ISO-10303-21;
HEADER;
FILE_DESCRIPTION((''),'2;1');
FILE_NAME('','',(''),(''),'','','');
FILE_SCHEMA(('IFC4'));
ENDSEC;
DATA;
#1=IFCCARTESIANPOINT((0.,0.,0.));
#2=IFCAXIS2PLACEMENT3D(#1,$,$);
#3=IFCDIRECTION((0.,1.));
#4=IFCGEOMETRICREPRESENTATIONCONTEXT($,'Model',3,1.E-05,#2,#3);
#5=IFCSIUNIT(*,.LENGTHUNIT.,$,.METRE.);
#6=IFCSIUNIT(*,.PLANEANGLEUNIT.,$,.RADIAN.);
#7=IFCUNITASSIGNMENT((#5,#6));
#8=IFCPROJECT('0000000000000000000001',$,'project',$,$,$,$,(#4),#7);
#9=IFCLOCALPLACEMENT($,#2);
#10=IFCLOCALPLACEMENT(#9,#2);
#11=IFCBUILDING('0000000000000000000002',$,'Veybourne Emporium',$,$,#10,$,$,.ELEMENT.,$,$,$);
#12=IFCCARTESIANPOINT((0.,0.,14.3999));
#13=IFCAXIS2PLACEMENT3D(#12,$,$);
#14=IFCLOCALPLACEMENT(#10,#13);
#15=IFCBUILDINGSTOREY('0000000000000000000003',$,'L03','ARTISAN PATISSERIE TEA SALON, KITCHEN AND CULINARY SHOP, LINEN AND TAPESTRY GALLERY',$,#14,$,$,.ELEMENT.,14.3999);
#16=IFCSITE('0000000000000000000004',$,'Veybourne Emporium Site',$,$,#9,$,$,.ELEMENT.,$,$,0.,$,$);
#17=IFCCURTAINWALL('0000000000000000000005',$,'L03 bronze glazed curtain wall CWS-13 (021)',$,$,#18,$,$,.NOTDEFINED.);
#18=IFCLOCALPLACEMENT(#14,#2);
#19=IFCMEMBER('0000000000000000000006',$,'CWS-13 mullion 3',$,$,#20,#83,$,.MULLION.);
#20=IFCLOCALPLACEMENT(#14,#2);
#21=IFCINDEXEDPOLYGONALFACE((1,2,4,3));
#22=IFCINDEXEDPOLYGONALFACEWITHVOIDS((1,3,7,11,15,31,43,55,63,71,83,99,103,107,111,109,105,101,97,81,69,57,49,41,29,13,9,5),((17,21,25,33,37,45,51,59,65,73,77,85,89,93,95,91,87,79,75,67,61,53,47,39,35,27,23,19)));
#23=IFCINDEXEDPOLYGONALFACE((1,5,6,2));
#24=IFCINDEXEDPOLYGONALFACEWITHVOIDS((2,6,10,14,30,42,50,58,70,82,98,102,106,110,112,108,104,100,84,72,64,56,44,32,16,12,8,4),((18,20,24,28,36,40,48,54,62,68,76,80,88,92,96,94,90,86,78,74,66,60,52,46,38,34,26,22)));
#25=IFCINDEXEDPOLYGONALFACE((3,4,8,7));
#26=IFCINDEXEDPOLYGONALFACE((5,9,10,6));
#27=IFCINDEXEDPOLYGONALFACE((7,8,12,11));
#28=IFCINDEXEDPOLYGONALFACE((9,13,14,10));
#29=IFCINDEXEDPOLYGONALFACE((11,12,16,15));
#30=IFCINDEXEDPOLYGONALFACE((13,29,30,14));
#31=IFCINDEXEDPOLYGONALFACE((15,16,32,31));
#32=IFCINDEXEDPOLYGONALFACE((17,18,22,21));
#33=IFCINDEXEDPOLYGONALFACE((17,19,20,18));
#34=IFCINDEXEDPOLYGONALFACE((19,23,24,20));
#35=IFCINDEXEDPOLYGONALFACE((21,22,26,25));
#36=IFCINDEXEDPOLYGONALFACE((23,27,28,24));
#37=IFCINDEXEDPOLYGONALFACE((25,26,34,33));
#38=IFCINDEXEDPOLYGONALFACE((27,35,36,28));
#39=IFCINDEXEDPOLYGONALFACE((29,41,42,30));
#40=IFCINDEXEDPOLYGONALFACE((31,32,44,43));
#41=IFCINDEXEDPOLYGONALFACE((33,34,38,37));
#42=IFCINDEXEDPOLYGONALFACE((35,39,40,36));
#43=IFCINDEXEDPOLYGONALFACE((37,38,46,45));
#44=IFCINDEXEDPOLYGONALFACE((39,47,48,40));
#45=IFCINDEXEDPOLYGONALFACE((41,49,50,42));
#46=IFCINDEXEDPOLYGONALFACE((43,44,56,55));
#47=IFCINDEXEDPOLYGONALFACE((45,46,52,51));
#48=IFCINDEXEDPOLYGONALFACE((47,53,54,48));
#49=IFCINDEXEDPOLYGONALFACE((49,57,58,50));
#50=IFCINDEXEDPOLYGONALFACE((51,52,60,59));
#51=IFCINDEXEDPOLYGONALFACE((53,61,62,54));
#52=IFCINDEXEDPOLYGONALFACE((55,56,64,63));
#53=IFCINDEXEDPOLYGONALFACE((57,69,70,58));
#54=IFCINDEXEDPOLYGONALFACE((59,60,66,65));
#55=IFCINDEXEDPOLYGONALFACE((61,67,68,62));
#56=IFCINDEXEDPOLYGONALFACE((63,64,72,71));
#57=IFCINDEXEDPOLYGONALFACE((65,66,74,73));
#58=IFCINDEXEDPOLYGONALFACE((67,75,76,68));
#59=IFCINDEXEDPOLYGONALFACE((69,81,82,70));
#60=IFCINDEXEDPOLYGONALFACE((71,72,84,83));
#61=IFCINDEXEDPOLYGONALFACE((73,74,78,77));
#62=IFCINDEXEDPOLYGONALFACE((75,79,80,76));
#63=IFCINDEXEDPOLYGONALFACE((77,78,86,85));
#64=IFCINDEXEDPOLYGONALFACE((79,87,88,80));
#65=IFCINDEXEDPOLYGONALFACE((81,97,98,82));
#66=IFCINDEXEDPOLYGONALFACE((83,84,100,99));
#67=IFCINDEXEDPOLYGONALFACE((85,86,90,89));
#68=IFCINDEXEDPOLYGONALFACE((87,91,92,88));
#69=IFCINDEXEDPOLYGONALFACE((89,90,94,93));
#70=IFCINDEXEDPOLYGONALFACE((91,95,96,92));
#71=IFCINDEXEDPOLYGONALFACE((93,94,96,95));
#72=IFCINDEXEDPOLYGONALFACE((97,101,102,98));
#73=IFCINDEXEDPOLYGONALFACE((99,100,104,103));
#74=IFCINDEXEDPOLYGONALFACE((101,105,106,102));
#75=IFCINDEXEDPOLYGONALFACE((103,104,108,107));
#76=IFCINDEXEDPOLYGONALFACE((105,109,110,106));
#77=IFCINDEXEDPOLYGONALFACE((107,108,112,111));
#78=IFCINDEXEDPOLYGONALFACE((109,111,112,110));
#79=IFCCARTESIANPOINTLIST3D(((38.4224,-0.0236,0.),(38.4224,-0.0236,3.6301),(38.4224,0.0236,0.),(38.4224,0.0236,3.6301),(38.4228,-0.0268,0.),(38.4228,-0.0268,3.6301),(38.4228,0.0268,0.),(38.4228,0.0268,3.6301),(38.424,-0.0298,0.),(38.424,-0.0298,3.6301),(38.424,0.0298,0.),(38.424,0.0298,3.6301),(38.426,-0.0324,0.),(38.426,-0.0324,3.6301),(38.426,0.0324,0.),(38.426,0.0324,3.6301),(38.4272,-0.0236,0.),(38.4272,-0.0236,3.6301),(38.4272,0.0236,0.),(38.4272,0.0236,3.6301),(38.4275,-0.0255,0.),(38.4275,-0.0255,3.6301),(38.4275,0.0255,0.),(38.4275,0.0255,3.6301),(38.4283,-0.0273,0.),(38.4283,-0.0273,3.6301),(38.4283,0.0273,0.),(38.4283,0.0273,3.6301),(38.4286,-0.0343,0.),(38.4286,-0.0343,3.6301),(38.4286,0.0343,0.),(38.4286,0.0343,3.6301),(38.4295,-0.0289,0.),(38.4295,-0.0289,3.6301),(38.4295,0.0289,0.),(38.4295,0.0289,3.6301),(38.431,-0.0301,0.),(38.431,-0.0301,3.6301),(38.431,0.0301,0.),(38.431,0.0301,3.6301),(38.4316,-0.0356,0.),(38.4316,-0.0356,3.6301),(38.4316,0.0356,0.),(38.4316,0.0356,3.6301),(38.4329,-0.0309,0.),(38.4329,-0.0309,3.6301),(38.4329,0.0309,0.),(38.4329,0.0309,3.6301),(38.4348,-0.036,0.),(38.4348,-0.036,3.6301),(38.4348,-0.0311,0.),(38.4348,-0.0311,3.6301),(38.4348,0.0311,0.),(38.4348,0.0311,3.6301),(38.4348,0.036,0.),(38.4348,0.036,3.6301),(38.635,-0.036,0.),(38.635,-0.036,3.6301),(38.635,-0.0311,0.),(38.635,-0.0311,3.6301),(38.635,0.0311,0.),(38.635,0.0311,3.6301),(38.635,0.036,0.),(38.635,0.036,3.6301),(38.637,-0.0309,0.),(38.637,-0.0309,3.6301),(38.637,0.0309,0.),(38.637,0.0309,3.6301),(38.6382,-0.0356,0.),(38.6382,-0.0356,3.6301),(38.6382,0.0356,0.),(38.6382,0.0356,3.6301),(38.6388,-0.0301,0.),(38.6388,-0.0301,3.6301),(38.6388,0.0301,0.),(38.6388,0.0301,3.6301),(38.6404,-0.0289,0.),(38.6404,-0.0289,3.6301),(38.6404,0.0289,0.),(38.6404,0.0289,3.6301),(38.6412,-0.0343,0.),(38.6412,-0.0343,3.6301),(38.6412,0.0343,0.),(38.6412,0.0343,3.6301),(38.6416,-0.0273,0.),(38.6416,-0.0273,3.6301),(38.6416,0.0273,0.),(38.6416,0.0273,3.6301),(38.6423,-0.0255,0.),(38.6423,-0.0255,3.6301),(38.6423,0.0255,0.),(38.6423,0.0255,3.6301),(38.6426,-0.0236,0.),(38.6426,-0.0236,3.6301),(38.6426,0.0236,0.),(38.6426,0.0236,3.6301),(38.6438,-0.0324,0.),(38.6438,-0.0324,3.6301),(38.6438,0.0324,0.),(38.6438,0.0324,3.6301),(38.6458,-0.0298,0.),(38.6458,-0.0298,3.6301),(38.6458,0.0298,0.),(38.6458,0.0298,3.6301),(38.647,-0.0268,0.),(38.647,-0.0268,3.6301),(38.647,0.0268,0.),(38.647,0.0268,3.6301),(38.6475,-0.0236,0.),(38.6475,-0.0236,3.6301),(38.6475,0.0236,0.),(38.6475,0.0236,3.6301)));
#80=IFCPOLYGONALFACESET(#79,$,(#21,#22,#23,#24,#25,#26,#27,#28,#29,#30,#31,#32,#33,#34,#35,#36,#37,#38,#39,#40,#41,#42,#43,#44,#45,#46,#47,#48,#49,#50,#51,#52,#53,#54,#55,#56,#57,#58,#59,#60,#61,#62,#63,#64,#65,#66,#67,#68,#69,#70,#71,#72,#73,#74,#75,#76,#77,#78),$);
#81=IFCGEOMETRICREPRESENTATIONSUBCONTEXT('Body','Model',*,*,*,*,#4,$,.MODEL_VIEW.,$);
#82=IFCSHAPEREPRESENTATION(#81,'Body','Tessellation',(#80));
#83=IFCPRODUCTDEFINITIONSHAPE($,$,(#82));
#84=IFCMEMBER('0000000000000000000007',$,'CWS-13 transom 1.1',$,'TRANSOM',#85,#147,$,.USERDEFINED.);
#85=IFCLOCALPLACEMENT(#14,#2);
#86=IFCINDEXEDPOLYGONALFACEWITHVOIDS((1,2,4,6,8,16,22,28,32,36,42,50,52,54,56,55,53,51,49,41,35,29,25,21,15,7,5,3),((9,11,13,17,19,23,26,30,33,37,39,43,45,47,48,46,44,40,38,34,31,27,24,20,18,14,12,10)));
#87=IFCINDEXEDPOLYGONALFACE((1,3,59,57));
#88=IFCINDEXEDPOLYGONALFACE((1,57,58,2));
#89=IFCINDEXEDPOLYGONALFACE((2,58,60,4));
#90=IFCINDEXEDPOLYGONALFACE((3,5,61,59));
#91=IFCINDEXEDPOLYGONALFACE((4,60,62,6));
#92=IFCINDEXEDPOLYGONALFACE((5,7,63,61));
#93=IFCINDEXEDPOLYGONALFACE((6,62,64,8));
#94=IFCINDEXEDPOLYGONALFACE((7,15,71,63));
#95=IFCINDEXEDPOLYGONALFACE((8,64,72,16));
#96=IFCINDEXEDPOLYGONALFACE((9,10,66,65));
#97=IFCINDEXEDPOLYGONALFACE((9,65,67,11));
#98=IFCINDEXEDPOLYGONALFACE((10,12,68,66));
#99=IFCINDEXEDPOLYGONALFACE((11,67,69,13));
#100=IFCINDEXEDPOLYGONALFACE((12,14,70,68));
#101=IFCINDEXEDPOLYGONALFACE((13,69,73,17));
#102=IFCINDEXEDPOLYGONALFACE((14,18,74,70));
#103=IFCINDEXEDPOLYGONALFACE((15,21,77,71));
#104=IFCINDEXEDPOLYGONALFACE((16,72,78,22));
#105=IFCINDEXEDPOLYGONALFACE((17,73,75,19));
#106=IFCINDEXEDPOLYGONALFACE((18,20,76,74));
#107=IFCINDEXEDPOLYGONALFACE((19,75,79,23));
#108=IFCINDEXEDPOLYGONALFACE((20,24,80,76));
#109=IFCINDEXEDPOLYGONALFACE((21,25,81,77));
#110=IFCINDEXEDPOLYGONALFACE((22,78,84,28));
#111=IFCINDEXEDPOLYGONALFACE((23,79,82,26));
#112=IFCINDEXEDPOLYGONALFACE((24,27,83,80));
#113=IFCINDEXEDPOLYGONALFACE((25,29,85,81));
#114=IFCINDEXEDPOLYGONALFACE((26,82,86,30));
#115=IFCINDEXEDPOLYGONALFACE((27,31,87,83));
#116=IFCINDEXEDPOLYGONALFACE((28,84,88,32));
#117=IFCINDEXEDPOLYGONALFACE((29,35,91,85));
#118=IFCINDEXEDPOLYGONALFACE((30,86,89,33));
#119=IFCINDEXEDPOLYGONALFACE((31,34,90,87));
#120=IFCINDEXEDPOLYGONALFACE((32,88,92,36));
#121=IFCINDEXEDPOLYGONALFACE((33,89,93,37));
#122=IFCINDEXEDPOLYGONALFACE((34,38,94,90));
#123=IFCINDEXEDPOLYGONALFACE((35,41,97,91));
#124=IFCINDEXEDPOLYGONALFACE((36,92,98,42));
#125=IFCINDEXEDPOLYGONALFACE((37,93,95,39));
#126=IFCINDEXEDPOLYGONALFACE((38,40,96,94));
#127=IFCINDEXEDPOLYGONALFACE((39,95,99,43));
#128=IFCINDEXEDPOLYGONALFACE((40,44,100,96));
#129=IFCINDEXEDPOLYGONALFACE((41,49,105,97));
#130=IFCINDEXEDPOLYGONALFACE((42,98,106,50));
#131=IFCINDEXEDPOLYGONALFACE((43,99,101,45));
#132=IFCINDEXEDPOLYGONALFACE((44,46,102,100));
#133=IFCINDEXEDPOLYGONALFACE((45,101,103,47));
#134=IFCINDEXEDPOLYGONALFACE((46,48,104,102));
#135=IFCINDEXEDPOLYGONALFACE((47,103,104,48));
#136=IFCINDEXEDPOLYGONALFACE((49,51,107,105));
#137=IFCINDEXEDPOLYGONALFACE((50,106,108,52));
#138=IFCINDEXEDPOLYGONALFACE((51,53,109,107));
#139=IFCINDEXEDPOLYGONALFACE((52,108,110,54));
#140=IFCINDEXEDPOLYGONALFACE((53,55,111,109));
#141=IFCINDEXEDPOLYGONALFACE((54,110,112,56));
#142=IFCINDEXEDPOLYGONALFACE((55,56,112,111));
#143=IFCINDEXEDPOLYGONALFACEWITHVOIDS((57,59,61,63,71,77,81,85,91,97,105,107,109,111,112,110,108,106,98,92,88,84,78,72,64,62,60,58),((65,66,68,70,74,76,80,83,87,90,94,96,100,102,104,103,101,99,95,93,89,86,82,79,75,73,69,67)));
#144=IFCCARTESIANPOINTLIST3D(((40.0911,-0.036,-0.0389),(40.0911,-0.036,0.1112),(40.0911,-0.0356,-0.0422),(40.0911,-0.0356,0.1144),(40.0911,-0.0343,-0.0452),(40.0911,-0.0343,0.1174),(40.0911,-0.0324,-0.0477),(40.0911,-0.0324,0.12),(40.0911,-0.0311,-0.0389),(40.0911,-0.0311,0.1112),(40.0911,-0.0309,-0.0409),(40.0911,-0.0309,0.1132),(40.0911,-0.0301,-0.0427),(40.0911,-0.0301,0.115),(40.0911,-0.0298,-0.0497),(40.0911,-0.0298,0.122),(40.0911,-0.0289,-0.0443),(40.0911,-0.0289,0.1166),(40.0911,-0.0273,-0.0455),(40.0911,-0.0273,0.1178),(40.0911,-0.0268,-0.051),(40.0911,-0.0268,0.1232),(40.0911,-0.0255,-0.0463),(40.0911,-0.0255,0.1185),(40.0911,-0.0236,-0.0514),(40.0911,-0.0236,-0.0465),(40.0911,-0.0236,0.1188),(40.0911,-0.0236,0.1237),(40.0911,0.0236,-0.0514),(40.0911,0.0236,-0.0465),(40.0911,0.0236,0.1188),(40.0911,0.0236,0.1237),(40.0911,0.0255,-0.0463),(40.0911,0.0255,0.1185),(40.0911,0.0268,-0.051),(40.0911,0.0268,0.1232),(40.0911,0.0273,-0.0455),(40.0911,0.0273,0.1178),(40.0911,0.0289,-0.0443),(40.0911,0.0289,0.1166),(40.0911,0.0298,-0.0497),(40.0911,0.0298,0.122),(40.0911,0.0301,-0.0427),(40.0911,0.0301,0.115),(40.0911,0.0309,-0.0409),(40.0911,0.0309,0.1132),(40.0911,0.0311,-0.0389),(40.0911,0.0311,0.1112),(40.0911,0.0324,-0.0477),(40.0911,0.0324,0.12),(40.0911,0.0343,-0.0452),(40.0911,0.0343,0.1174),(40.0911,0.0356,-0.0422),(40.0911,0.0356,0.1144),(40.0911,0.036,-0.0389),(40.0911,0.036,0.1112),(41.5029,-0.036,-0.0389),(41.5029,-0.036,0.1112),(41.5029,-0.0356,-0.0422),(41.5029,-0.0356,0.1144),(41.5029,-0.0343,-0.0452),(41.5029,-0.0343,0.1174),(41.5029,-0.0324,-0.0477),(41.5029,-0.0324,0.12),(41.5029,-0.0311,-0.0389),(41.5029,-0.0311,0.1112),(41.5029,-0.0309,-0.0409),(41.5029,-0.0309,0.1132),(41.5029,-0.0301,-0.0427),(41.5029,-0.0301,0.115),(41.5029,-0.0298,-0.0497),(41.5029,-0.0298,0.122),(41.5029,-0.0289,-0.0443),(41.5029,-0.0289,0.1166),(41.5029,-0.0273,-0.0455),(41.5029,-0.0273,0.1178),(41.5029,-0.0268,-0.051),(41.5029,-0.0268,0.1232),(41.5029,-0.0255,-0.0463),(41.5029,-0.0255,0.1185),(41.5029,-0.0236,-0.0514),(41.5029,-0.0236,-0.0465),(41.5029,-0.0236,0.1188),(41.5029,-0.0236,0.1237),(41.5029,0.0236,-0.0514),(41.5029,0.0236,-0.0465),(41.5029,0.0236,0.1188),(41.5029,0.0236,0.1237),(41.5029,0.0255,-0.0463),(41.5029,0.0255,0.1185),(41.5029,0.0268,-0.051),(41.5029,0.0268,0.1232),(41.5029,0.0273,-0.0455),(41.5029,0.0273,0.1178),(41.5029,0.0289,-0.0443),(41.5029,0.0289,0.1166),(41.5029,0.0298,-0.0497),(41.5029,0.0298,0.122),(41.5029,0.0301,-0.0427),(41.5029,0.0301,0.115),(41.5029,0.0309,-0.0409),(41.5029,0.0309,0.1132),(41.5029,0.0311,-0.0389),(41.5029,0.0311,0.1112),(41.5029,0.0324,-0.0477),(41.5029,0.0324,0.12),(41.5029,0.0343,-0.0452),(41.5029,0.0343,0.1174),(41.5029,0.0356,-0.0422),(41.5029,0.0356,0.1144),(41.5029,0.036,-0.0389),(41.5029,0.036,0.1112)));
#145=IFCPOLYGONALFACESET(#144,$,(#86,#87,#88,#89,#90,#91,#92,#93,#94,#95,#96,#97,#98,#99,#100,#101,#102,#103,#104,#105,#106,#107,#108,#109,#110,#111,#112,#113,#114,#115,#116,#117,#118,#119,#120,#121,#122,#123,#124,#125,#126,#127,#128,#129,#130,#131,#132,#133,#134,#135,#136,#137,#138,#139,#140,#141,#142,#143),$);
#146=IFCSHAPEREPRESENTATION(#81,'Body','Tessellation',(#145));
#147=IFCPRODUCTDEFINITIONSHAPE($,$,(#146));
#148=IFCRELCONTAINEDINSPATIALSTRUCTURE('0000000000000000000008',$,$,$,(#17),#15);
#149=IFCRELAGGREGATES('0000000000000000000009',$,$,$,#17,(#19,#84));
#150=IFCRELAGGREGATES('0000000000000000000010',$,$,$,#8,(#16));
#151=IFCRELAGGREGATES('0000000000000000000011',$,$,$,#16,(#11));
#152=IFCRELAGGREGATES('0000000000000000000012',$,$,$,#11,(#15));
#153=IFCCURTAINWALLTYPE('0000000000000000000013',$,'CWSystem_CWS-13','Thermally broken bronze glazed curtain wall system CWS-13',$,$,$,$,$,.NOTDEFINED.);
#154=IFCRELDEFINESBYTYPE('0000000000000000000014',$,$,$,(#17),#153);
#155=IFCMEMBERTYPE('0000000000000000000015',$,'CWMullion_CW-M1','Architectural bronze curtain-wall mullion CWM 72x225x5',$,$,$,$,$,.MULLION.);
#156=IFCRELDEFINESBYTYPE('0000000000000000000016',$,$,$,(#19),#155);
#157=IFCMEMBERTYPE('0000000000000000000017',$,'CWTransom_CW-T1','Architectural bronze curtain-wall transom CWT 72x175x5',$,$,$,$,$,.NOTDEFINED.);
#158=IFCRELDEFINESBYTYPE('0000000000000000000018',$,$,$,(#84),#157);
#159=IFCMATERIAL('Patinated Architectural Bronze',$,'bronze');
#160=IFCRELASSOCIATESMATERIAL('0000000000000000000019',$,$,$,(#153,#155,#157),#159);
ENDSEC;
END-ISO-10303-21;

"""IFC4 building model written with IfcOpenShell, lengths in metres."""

from ifc_helpers import new_model, si_unit, direction, frame, origin, origin_2d, place, context, subcontext, project, spatial, hollow_rectangle, extrude, material, material_profile, profile_set, type_object, element, aggregate, save


model = new_model("IFC4")

# Units and contexts
model_context = context("Model", 3, precision=1e-05, world=origin(), true_north=direction((0.0, 1.0)))
body_context = subcontext(model_context, "Body", "Model", "MODEL_VIEW")
ifc_project = project(units=[si_unit("LENGTHUNIT", "METRE"), si_unit("PLANEANGLEUNIT", "RADIAN")], contexts=[model_context])

# Site, building, storey
site_placement = place(None, origin())
site = spatial("IfcSite", under=ifc_project, at=site_placement, Name="Veybourne Emporium Site", CompositionType="ELEMENT", RefElevation=0.0)
building_placement = place(site_placement, origin())
building = spatial("IfcBuilding", under=site, at=building_placement, Name="Veybourne Emporium", CompositionType="ELEMENT")
storey_placement = place(building_placement, frame((0.0, 0.0, 14.3999)))
storey = spatial("IfcBuildingStorey", under=building, at=storey_placement, Name="L03", Description="ARTISAN PATISSERIE TEA SALON, KITCHEN AND CULINARY SHOP, LINEN AND TAPESTRY GALLERY", CompositionType="ELEMENT", Elevation=14.3999)

# Curtain wall, members
ifc_material_1 = material(Name="Patinated Architectural Bronze", Category="bronze")
curtain_wall_type = type_object("IfcCurtainWallType", Name="CWSystem_CWS-13", Description="Thermally broken bronze glazed curtain wall system CWS-13", PredefinedType="NOTDEFINED", material=ifc_material_1)
curtain_wall_placement = place(storey_placement, origin())
curtain_wall = element("IfcCurtainWall", 1, at=curtain_wall_placement, inside=storey, type_object=curtain_wall_type, Name="L03 bronze glazed curtain wall CWS-13 (021)", PredefinedType="NOTDEFINED")
ifc_material_profile_1 = material_profile(ifc_material_1, hollow_rectangle(XDim=0.072, YDim=0.2251, WallThickness=0.0049, InnerFilletRadius=0.0076, OuterFilletRadius=0.0125, at=origin_2d()), Name="CWM 72x225x5")
ifc_profile_set_1 = profile_set([ifc_material_profile_1], Name="Patinated Architectural Bronze")
member_type_1 = type_object("IfcMemberType", Name="CWMullion_CW-M1", Description="Architectural bronze curtain-wall mullion CWM 72x225x5", PredefinedType="MULLION", material=ifc_profile_set_1)
member_1_placement = place(storey_placement, frame((38.5349, 0.0, 0.0), z_axis=(0.0, 0.0, 1.0), x_axis=(0.0, -1.0, 0.0)))
member_1 = element("IfcMember", 2, at=member_1_placement, type_object=member_type_1, Name="CWS-13 mullion 3", PredefinedType="MULLION", context=body_context, shape_type="SweptSolid", body=[
    extrude(hollow_rectangle(XDim=0.072, YDim=0.2251, WallThickness=0.0049, InnerFilletRadius=0.0076, OuterFilletRadius=0.0125, at=origin_2d()), origin(), (0.0, 0.0, 1.0), 3.6301),
])
ifc_material_profile_2 = material_profile(ifc_material_1, hollow_rectangle(XDim=0.072, YDim=0.175, WallThickness=0.0049, InnerFilletRadius=0.0076, OuterFilletRadius=0.0125, at=origin_2d()), Name="CWT 72x175x5")
ifc_profile_set_2 = profile_set([ifc_material_profile_2], Name="Patinated Architectural Bronze")
member_type_2 = type_object("IfcMemberType", Name="CWTransom_CW-T1", Description="Architectural bronze curtain-wall transom CWT 72x175x5", PredefinedType="NOTDEFINED", material=ifc_profile_set_2)
member_2_placement = place(storey_placement, frame((41.5029, 0.0, 0.0361), z_axis=(-1.0, 0.0, 0.0), x_axis=(0.0, -1.0, 0.0)))
member_2 = element("IfcMember", 3, at=member_2_placement, type_object=member_type_2, Name="CWS-13 transom 1.1", ObjectType="TRANSOM", PredefinedType="USERDEFINED", context=body_context, shape_type="SweptSolid", body=[
    extrude(hollow_rectangle(XDim=0.072, YDim=0.175, WallThickness=0.0049, InnerFilletRadius=0.0076, OuterFilletRadius=0.0125, at=origin_2d()), origin(), (0.0, 0.0, 1.0), 1.4119),
])

aggregate(curtain_wall, [member_1, member_2])

save(model, "model.ifc")
